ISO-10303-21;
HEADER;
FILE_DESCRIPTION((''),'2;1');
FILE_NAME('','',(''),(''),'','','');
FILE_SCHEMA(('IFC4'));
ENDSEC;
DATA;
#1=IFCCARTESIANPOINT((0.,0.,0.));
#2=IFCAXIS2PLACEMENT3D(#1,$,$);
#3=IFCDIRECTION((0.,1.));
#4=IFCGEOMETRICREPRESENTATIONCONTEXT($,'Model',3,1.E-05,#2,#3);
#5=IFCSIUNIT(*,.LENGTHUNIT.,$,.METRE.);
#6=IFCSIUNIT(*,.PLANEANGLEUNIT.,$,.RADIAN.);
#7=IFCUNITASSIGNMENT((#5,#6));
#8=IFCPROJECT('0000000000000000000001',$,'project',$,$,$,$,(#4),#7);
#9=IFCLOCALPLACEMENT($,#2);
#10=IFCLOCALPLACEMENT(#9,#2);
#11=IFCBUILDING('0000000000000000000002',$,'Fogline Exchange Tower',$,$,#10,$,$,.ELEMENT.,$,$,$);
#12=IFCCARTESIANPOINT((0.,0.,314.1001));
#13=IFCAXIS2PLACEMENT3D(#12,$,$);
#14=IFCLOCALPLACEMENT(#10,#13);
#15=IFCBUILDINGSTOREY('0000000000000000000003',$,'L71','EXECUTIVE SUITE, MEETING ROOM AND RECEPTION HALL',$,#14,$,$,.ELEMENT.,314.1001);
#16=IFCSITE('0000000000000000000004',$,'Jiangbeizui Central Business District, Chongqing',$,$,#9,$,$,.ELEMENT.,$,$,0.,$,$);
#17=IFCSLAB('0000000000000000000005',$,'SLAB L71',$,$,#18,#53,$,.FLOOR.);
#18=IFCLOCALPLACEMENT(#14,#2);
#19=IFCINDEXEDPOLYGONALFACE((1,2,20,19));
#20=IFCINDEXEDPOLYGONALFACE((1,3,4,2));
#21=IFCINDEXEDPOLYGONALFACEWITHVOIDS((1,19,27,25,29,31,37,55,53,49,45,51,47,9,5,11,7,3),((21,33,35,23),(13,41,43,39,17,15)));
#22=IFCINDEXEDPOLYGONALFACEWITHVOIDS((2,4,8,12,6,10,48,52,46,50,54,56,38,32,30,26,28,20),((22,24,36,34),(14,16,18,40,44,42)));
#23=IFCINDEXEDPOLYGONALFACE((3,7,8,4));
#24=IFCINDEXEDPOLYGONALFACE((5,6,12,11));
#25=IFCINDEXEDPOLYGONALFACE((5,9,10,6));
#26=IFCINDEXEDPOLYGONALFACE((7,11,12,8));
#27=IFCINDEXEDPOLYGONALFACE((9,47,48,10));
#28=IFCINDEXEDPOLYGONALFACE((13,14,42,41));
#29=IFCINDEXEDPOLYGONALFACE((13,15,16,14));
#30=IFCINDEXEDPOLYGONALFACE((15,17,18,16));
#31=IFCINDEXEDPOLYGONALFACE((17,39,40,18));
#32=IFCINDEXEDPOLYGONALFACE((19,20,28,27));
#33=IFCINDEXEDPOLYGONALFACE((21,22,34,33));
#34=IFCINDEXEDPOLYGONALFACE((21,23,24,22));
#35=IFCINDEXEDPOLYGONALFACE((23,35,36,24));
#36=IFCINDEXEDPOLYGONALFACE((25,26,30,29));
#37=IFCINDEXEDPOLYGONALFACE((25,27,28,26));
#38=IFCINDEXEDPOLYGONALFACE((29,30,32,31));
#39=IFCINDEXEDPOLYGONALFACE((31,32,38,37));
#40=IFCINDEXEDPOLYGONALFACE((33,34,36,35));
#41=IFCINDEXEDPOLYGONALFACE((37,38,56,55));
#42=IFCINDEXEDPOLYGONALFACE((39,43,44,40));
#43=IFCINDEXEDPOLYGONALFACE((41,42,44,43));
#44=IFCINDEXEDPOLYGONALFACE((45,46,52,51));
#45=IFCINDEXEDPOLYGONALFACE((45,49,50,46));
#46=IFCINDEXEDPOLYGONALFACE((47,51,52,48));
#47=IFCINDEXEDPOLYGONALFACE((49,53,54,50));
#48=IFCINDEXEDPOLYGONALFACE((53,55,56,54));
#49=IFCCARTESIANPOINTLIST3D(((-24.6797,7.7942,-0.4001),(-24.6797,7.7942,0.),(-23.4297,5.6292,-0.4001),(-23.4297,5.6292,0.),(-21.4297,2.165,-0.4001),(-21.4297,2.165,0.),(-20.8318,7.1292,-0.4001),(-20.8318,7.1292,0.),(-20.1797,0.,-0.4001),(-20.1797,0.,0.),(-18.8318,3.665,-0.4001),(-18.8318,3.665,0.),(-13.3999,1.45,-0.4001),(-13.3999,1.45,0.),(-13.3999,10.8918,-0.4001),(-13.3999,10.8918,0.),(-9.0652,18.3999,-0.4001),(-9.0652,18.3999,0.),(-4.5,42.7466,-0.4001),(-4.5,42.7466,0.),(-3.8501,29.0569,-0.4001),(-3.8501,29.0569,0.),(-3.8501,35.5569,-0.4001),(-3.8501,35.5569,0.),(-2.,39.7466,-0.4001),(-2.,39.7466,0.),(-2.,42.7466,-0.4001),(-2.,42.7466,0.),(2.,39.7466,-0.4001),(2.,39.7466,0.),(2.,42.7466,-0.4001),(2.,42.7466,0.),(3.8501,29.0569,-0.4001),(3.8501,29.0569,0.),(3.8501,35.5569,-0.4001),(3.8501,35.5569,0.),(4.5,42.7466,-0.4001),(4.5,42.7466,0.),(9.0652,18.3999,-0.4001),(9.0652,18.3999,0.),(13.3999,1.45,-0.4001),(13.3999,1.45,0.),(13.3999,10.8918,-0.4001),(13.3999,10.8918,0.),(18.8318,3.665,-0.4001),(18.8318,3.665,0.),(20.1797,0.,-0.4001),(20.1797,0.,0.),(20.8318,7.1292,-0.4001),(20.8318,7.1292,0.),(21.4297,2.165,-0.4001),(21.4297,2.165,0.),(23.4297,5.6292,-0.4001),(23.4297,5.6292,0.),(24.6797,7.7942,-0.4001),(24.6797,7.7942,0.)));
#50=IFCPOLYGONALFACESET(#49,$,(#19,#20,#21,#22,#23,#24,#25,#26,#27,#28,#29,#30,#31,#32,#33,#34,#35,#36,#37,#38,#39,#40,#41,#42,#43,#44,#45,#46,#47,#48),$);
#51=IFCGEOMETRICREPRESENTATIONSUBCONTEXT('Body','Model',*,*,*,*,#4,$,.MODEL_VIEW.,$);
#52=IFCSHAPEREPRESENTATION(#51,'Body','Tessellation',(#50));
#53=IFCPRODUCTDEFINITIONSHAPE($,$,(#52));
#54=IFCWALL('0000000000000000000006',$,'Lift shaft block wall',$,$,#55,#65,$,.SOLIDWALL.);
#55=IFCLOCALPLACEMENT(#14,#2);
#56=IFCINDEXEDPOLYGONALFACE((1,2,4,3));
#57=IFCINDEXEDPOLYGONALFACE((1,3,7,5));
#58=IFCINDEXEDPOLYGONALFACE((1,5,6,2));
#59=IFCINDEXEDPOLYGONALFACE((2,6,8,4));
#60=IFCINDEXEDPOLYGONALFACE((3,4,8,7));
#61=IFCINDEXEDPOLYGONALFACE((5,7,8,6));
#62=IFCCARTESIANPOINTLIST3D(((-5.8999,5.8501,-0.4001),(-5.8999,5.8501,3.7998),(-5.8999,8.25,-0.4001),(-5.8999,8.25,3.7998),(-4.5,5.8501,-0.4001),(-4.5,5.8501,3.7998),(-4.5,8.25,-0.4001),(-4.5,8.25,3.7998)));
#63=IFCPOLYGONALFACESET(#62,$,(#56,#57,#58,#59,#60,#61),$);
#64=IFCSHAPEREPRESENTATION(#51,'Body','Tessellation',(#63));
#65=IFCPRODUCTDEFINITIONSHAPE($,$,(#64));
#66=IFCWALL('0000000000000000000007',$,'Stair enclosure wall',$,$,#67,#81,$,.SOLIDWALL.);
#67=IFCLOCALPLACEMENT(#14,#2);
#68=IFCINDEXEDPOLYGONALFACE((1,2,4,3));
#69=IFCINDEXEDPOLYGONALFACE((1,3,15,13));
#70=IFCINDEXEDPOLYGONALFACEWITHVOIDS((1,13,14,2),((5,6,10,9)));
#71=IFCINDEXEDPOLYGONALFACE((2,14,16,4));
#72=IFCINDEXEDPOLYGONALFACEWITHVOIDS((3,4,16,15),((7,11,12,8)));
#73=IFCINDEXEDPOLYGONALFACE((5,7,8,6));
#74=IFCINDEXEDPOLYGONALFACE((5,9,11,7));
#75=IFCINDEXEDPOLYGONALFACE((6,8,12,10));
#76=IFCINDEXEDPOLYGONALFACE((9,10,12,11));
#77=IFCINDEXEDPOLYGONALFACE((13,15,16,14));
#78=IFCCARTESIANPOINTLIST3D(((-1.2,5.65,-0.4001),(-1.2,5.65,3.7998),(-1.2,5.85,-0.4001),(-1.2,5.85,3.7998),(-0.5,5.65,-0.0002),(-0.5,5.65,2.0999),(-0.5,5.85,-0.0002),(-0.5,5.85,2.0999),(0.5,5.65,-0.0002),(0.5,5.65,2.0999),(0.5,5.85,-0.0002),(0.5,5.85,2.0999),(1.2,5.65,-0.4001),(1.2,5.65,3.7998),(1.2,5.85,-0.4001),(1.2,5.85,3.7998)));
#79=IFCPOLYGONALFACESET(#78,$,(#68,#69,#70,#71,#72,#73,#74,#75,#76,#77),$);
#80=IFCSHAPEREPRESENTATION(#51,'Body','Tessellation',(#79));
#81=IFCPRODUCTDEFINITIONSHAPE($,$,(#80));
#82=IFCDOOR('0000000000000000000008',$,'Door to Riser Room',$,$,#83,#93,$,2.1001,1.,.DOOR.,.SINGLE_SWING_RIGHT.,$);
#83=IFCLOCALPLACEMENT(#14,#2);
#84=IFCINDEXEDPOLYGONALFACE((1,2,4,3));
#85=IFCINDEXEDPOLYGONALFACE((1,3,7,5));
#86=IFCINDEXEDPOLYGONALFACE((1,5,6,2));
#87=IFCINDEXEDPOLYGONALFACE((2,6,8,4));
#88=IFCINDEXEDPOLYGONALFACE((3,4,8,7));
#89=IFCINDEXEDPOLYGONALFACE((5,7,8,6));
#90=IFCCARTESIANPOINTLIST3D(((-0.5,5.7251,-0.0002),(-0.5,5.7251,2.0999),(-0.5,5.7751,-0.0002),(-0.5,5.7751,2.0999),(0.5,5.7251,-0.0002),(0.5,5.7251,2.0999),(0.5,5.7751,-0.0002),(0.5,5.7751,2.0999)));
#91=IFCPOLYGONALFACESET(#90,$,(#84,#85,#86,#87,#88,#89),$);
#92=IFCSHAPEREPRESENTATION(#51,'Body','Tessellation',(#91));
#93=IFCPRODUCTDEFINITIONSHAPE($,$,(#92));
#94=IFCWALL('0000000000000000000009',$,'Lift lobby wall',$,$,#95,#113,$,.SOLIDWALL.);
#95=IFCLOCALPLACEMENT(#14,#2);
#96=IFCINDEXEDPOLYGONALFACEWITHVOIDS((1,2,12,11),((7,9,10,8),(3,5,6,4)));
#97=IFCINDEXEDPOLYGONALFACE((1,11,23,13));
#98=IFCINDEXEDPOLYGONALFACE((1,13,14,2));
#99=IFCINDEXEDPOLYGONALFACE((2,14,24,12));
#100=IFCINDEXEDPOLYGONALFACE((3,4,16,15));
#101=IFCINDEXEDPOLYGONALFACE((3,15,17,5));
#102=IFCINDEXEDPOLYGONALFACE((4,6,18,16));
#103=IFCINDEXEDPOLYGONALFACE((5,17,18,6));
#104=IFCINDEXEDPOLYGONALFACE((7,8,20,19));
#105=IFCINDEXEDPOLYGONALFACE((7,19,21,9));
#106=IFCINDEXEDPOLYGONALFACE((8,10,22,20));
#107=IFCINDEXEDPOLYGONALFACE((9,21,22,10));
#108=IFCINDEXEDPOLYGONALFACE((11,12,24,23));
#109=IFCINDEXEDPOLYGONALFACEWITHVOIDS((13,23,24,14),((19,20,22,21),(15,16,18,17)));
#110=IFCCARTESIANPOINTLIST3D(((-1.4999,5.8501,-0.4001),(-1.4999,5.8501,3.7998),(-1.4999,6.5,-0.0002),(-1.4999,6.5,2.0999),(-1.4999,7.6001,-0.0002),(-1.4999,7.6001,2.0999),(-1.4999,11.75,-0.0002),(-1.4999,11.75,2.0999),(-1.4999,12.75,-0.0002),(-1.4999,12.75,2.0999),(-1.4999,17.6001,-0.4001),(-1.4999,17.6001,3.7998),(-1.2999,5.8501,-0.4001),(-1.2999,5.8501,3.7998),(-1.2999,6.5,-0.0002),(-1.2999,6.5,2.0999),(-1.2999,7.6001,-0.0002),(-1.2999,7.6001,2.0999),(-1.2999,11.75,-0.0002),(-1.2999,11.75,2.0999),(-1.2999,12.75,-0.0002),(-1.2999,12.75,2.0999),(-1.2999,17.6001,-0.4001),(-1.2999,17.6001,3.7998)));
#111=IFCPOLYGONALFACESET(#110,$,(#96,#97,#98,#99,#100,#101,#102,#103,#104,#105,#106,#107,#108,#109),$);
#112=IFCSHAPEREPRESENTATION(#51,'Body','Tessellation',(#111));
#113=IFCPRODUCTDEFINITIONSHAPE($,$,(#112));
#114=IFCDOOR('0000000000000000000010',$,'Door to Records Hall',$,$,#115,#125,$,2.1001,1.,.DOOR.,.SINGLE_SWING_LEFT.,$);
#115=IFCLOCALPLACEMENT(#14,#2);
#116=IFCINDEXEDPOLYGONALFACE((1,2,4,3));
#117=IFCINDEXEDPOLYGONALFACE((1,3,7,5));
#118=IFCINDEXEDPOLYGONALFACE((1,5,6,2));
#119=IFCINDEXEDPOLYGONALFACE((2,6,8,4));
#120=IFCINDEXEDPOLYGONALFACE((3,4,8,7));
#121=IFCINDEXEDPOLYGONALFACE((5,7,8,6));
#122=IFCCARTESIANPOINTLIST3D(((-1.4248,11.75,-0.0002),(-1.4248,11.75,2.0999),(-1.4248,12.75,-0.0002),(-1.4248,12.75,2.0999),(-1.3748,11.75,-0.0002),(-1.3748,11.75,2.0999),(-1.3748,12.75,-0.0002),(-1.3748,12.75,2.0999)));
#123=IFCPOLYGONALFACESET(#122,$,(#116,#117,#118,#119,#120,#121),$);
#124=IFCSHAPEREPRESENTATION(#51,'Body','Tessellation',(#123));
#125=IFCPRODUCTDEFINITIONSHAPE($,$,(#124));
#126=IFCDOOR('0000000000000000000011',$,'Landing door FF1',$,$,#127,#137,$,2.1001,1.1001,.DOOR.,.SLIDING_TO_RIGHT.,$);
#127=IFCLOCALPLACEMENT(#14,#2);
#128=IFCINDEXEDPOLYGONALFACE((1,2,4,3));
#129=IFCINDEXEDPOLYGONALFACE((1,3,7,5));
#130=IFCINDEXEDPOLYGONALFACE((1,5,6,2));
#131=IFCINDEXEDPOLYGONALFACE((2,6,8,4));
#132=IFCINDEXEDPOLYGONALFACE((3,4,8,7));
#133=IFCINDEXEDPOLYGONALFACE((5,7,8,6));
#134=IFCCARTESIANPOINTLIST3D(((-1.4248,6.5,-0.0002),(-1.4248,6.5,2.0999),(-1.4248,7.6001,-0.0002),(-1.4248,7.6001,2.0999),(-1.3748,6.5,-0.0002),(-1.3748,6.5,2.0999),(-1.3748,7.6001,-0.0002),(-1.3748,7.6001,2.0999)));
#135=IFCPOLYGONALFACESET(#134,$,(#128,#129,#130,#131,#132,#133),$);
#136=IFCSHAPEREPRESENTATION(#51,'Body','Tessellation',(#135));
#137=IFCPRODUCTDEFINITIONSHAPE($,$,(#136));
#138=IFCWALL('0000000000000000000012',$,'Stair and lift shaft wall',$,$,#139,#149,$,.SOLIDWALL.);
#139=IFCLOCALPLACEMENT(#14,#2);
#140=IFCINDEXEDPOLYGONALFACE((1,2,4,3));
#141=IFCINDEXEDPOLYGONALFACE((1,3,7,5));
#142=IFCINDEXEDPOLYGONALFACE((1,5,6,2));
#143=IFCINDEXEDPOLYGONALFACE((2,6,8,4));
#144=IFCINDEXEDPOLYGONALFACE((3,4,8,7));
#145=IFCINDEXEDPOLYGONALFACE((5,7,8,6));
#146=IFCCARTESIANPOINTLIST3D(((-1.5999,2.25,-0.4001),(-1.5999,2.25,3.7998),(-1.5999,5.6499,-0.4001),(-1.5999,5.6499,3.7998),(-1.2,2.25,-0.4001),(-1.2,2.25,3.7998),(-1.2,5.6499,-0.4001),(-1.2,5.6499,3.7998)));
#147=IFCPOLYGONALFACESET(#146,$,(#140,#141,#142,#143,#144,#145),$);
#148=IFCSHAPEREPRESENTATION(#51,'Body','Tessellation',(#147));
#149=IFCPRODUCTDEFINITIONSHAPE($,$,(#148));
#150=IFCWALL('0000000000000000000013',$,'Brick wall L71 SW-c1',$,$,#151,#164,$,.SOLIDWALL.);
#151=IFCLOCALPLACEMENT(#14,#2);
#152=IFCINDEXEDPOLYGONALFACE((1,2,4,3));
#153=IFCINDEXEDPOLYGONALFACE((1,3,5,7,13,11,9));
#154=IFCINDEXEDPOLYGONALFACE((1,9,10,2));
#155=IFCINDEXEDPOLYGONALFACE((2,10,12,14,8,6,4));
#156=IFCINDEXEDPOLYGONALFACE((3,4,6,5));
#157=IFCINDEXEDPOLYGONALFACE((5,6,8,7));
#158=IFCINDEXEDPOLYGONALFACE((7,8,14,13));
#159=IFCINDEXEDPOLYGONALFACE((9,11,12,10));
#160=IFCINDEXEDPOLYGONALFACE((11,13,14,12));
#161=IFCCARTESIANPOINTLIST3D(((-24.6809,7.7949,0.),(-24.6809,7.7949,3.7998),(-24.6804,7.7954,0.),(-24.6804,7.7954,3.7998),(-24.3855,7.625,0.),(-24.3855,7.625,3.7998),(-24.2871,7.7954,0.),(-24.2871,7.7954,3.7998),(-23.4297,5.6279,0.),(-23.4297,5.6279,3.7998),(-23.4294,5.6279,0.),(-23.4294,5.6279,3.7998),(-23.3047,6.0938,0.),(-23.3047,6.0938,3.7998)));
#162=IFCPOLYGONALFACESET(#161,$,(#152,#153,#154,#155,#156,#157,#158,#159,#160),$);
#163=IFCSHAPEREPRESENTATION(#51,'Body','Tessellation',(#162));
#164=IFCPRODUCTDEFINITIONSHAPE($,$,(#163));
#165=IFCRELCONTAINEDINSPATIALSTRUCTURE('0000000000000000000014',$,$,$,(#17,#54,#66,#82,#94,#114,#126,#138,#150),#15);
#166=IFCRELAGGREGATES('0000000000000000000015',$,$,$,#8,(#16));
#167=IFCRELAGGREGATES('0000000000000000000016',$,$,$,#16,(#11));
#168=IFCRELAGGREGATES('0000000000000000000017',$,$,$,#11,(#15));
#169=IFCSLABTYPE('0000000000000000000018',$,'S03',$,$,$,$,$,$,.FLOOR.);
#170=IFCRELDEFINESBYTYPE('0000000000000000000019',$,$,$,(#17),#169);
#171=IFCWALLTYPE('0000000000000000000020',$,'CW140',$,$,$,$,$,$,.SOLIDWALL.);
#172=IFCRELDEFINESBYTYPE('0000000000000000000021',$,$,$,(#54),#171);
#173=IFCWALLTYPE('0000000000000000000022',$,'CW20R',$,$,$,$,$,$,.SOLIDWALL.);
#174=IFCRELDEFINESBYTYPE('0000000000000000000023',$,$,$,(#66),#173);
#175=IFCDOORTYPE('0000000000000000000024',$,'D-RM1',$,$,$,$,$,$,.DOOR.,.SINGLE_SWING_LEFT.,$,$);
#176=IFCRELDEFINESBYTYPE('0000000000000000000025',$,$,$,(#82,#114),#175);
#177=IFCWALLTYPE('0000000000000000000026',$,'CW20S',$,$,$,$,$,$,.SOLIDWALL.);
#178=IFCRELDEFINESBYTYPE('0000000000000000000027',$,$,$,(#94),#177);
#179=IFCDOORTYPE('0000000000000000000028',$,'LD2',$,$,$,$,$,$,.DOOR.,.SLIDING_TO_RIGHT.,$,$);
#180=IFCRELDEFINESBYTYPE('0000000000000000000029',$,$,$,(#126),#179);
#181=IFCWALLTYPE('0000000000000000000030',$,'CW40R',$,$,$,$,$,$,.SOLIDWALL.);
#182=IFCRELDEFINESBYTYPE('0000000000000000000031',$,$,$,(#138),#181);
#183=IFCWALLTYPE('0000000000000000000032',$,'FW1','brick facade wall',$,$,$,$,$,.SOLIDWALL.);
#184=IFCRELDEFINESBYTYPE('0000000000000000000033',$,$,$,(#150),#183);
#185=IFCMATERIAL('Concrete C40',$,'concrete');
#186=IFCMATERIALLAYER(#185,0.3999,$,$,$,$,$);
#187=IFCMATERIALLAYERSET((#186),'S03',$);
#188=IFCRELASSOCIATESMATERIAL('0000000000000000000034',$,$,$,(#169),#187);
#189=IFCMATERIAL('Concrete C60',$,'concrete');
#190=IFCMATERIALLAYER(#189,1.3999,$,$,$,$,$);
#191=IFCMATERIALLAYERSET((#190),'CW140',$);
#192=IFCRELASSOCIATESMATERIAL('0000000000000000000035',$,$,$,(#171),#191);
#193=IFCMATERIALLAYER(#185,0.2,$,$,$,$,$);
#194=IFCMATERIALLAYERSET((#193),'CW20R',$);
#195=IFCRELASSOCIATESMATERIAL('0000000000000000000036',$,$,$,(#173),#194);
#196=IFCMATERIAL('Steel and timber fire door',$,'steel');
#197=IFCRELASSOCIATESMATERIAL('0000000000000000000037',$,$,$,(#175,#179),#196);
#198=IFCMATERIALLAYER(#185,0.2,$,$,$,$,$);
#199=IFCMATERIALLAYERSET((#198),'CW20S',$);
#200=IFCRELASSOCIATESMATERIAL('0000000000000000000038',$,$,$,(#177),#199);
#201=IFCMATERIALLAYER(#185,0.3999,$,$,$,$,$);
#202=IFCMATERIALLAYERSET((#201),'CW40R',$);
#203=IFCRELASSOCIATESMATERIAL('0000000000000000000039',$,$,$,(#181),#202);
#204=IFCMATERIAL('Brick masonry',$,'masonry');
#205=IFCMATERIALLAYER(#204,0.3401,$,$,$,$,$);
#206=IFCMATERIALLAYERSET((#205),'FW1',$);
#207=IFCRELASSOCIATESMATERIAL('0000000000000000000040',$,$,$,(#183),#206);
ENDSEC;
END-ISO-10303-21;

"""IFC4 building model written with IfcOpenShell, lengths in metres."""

from ifc_helpers import new_model, si_unit, direction, frame, frame_2d, origin, place, context, subcontext, project, spatial, polyline, rectangle, outline, extrude, material, layer, layer_set, type_object, element, fill, save


model = new_model("IFC4")

# Units and contexts
model_context = context("Model", 3, precision=1e-05, world=origin(), true_north=direction((0.0, 1.0)))
body_context = subcontext(model_context, "Body", "Model", "MODEL_VIEW")
ifc_project = project(units=[si_unit("LENGTHUNIT", "METRE"), si_unit("PLANEANGLEUNIT", "RADIAN")], contexts=[model_context])

# Site, building, storey
site_placement = place(None, origin())
site = spatial("IfcSite", under=ifc_project, at=site_placement, Name="Jiangbeizui Central Business District, Chongqing", CompositionType="ELEMENT", RefElevation=0.0)
building_placement = place(site_placement, origin())
building = spatial("IfcBuilding", under=site, at=building_placement, Name="Fogline Exchange Tower", CompositionType="ELEMENT")
storey_placement = place(building_placement, frame((0.0, 0.0, 314.1001)))
storey = spatial("IfcBuildingStorey", under=building, at=storey_placement, Name="L71", Description="EXECUTIVE SUITE, MEETING ROOM AND RECEPTION HALL", CompositionType="ELEMENT", Elevation=314.1001)

# Slab
ifc_material_1 = material(Name="Concrete C40", Category="concrete")
ifc_layer_1 = layer(ifc_material_1, 0.3999)
ifc_layer_set_1 = layer_set([ifc_layer_1], Name="S03")
slab_type = type_object("IfcSlabType", Name="S03", PredefinedType="FLOOR", material=ifc_layer_set_1)
slab_placement = place(storey_placement, frame((0.0, 0.0, -0.4001)))
element("IfcSlab", 1, at=slab_placement, inside=storey, type_object=slab_type, Name="SLAB L71", PredefinedType="FLOOR", context=body_context, shape_type="SweptSolid", body=[
    extrude(outline(polyline([(-2.0, 42.7466), (-4.5, 42.7466), (-24.6797, 7.7942), (-23.4297, 5.6292), (-20.8318, 7.1292), (-18.8318, 3.665), (-21.4297, 2.165), (-20.1797, 0.0), (20.1797, 0.0), (21.4297, 2.165), (18.8318, 3.665), (20.8318, 7.1292), (23.4297, 5.6292), (24.6797, 7.7942), (4.5, 42.7466), (2.0, 42.7466), (2.0, 39.7466), (-2.0, 39.7466), (-2.0, 42.7466)]), holes=[polyline([(13.3999, 10.8918), (13.3999, 1.45), (-13.3999, 1.45), (-13.3999, 10.8918), (-9.0652, 18.3999), (9.0652, 18.3999), (13.3999, 10.8918)]), polyline([(3.8501, 35.5569), (3.8501, 29.0569), (-3.8501, 29.0569), (-3.8501, 35.5569), (3.8501, 35.5569)])]), origin(), (0.0, 0.0, 1.0), 0.4001),
])

# Wall
ifc_material_2 = material(Name="Concrete C60", Category="concrete")
ifc_layer_2 = layer(ifc_material_2, 1.3999)
ifc_layer_set_2 = layer_set([ifc_layer_2], Name="CW140")
wall_type_1 = type_object("IfcWallType", Name="CW140", PredefinedType="SOLIDWALL", material=ifc_layer_set_2)
wall_1_placement = place(storey_placement, frame((-5.2, 5.8501, -0.4001), z_axis=(0.0, 0.0, 1.0), x_axis=(0.0, 1.0, 0.0)))
element("IfcWall", 2, at=wall_1_placement, inside=storey, type_object=wall_type_1, Name="Lift shaft block wall", PredefinedType="SOLIDWALL", context=body_context, shape_type="SweptSolid", body=[
    extrude(rectangle(XDim=2.3999, YDim=1.3999, at=frame_2d((1.2, 0.0))), origin(), (0.0, 0.0, 1.0), 4.2),
])

# Wall, opening, door
ifc_layer_3 = layer(ifc_material_1, 0.2)
ifc_layer_set_3 = layer_set([ifc_layer_3], Name="CW20R")
wall_type_2 = type_object("IfcWallType", Name="CW20R", PredefinedType="SOLIDWALL", material=ifc_layer_set_3)
wall_2_placement = place(storey_placement, frame((-1.2, 5.75, -0.4001), z_axis=(0.0, 0.0, 1.0), x_axis=(1.0, 0.0, 0.0)))
wall_2 = element("IfcWall", 3, at=wall_2_placement, inside=storey, type_object=wall_type_2, Name="Stair enclosure wall", PredefinedType="SOLIDWALL", context=body_context, shape_type="SweptSolid", body=[
    extrude(rectangle(XDim=2.3999, YDim=0.2, at=frame_2d((1.2, 0.0))), origin(), (0.0, 0.0, 1.0), 4.2),
])
opening_1_placement = place(wall_2_placement, frame((0.7, 0.0, 0.3999)))
opening_1 = element("IfcOpeningElement", 4, at=opening_1_placement, cuts=wall_2, PredefinedType="OPENING", context=body_context, shape_type="SweptSolid", body=[
    extrude(rectangle(XDim=1.0, YDim=2.1001, at=frame_2d((0.5, 1.05))), frame((0.0, 0.1099, 0.0), z_axis=(0.0, -1.0, 0.0), x_axis=(1.0, 0.0, 0.0)), (0.0, 0.0, 1.0), 0.22),
])
ifc_material_3 = material(Name="Steel and timber fire door", Category="steel")
door_type_1 = type_object("IfcDoorType", Name="D-RM1", OperationType="SINGLE_SWING_LEFT", PredefinedType="DOOR", material=ifc_material_3)
door_1_placement = place(opening_1_placement, frame((1.0, 0.0, 0.0), z_axis=(0.0, 0.0, 1.0), x_axis=(-1.0, 0.0, 0.0)))
door_1 = element("IfcDoor", 5, at=door_1_placement, inside=storey, type_object=door_type_1, Name="Door to Riser Room", OperationType="SINGLE_SWING_RIGHT", OverallHeight=2.1001, OverallWidth=1.0, PredefinedType="DOOR", context=body_context, shape_type="SweptSolid", body=[
    extrude(rectangle(XDim=1.0, YDim=2.1001, at=frame_2d((0.5, 1.05))), frame((0.0, 0.0249, 0.0), z_axis=(0.0, -1.0, 0.0), x_axis=(1.0, 0.0, 0.0)), (0.0, 0.0, 1.0), 0.05),
])
fill(opening_1, door_1)

# Wall, openings, doors
ifc_layer_4 = layer(ifc_material_1, 0.2)
ifc_layer_set_4 = layer_set([ifc_layer_4], Name="CW20S")
wall_type_3 = type_object("IfcWallType", Name="CW20S", PredefinedType="SOLIDWALL", material=ifc_layer_set_4)
wall_3_placement = place(storey_placement, frame((-1.3999, 5.8501, -0.4001), z_axis=(0.0, 0.0, 1.0), x_axis=(0.0, 1.0, 0.0)))
wall_3 = element("IfcWall", 6, at=wall_3_placement, inside=storey, type_object=wall_type_3, Name="Lift lobby wall", PredefinedType="SOLIDWALL", context=body_context, shape_type="SweptSolid", body=[
    extrude(rectangle(XDim=11.75, YDim=0.2, at=frame_2d((5.875, 0.0))), origin(), (0.0, 0.0, 1.0), 4.2),
])
opening_2_placement = place(wall_3_placement, frame((0.6499, 0.0, 0.3999)))
opening_2 = element("IfcOpeningElement", 7, at=opening_2_placement, cuts=wall_3, PredefinedType="OPENING", context=body_context, shape_type="SweptSolid", body=[
    extrude(rectangle(XDim=1.1001, YDim=2.1001, at=frame_2d((0.55, 1.05))), frame((0.0, 0.1099, 0.0), z_axis=(0.0, -1.0, 0.0), x_axis=(1.0, 0.0, 0.0)), (0.0, 0.0, 1.0), 0.22),
])
opening_3_placement = place(wall_3_placement, frame((5.8999, 0.0, 0.3999)))
opening_3 = element("IfcOpeningElement", 8, at=opening_3_placement, cuts=wall_3, PredefinedType="OPENING", context=body_context, shape_type="SweptSolid", body=[
    extrude(rectangle(XDim=1.0, YDim=2.1001, at=frame_2d((0.5, 1.05))), frame((0.0, 0.1099, 0.0), z_axis=(0.0, -1.0, 0.0), x_axis=(1.0, 0.0, 0.0)), (0.0, 0.0, 1.0), 0.22),
])
door_2_placement = place(opening_3_placement, origin())
door_2 = element("IfcDoor", 9, at=door_2_placement, inside=storey, type_object=door_type_1, Name="Door to Records Hall", OperationType="SINGLE_SWING_LEFT", OverallHeight=2.1001, OverallWidth=1.0, PredefinedType="DOOR", context=body_context, shape_type="SweptSolid", body=[
    extrude(rectangle(XDim=1.0, YDim=2.1001, at=frame_2d((0.5, 1.05))), frame((0.0, 0.0249, 0.0), z_axis=(0.0, -1.0, 0.0), x_axis=(1.0, 0.0, 0.0)), (0.0, 0.0, 1.0), 0.05),
])
fill(opening_3, door_2)
door_type_2 = type_object("IfcDoorType", Name="LD2", OperationType="SLIDING_TO_RIGHT", PredefinedType="DOOR", material=ifc_material_3)
door_3_placement = place(opening_2_placement, origin())
door_3 = element("IfcDoor", 10, at=door_3_placement, inside=storey, type_object=door_type_2, Name="Landing door FF1", OperationType="SLIDING_TO_RIGHT", OverallHeight=2.1001, OverallWidth=1.1001, PredefinedType="DOOR", context=body_context, shape_type="SweptSolid", body=[
    extrude(rectangle(XDim=1.1001, YDim=2.1001, at=frame_2d((0.55, 1.05))), frame((0.0, 0.0249, 0.0), z_axis=(0.0, -1.0, 0.0), x_axis=(1.0, 0.0, 0.0)), (0.0, 0.0, 1.0), 0.05),
])
fill(opening_2, door_3)

# Walls
ifc_layer_5 = layer(ifc_material_1, 0.3999)
ifc_layer_set_5 = layer_set([ifc_layer_5], Name="CW40R")
wall_type_4 = type_object("IfcWallType", Name="CW40R", PredefinedType="SOLIDWALL", material=ifc_layer_set_5)
wall_4_placement = place(storey_placement, frame((-1.3999, 2.25, -0.4001), z_axis=(0.0, 0.0, 1.0), x_axis=(0.0, 1.0, 0.0)))
element("IfcWall", 11, at=wall_4_placement, inside=storey, type_object=wall_type_4, Name="Stair and lift shaft wall", PredefinedType="SOLIDWALL", context=body_context, shape_type="SweptSolid", body=[
    extrude(rectangle(XDim=3.3999, YDim=0.3999, at=frame_2d((1.7, 0.0))), origin(), (0.0, 0.0, 1.0), 4.2),
])
ifc_material_4 = material(Name="Brick masonry", Category="masonry")
ifc_layer_6 = layer(ifc_material_4, 0.3401)
ifc_layer_set_6 = layer_set([ifc_layer_6], Name="FW1")
wall_type_5 = type_object("IfcWallType", Name="FW1", Description="brick facade wall", PredefinedType="SOLIDWALL", material=ifc_layer_set_6)
wall_5_placement = place(storey_placement, origin())
element("IfcWall", 12, at=wall_5_placement, inside=storey, type_object=wall_type_5, Name="Brick wall L71 SW-c1", PredefinedType="SOLIDWALL", context=body_context, shape_type="SweptSolid", body=[
    extrude(outline(polyline([(-23.4297, 5.6279), (-24.6809, 7.7949), (-24.6804, 7.7954), (-24.3855, 7.625), (-24.2871, 7.7954), (-23.3047, 6.0938), (-23.4294, 5.6279), (-23.4297, 5.6279)])), origin(), (0.0, 0.0, 1.0), 3.7998),
])

save(model, "model.ifc")
